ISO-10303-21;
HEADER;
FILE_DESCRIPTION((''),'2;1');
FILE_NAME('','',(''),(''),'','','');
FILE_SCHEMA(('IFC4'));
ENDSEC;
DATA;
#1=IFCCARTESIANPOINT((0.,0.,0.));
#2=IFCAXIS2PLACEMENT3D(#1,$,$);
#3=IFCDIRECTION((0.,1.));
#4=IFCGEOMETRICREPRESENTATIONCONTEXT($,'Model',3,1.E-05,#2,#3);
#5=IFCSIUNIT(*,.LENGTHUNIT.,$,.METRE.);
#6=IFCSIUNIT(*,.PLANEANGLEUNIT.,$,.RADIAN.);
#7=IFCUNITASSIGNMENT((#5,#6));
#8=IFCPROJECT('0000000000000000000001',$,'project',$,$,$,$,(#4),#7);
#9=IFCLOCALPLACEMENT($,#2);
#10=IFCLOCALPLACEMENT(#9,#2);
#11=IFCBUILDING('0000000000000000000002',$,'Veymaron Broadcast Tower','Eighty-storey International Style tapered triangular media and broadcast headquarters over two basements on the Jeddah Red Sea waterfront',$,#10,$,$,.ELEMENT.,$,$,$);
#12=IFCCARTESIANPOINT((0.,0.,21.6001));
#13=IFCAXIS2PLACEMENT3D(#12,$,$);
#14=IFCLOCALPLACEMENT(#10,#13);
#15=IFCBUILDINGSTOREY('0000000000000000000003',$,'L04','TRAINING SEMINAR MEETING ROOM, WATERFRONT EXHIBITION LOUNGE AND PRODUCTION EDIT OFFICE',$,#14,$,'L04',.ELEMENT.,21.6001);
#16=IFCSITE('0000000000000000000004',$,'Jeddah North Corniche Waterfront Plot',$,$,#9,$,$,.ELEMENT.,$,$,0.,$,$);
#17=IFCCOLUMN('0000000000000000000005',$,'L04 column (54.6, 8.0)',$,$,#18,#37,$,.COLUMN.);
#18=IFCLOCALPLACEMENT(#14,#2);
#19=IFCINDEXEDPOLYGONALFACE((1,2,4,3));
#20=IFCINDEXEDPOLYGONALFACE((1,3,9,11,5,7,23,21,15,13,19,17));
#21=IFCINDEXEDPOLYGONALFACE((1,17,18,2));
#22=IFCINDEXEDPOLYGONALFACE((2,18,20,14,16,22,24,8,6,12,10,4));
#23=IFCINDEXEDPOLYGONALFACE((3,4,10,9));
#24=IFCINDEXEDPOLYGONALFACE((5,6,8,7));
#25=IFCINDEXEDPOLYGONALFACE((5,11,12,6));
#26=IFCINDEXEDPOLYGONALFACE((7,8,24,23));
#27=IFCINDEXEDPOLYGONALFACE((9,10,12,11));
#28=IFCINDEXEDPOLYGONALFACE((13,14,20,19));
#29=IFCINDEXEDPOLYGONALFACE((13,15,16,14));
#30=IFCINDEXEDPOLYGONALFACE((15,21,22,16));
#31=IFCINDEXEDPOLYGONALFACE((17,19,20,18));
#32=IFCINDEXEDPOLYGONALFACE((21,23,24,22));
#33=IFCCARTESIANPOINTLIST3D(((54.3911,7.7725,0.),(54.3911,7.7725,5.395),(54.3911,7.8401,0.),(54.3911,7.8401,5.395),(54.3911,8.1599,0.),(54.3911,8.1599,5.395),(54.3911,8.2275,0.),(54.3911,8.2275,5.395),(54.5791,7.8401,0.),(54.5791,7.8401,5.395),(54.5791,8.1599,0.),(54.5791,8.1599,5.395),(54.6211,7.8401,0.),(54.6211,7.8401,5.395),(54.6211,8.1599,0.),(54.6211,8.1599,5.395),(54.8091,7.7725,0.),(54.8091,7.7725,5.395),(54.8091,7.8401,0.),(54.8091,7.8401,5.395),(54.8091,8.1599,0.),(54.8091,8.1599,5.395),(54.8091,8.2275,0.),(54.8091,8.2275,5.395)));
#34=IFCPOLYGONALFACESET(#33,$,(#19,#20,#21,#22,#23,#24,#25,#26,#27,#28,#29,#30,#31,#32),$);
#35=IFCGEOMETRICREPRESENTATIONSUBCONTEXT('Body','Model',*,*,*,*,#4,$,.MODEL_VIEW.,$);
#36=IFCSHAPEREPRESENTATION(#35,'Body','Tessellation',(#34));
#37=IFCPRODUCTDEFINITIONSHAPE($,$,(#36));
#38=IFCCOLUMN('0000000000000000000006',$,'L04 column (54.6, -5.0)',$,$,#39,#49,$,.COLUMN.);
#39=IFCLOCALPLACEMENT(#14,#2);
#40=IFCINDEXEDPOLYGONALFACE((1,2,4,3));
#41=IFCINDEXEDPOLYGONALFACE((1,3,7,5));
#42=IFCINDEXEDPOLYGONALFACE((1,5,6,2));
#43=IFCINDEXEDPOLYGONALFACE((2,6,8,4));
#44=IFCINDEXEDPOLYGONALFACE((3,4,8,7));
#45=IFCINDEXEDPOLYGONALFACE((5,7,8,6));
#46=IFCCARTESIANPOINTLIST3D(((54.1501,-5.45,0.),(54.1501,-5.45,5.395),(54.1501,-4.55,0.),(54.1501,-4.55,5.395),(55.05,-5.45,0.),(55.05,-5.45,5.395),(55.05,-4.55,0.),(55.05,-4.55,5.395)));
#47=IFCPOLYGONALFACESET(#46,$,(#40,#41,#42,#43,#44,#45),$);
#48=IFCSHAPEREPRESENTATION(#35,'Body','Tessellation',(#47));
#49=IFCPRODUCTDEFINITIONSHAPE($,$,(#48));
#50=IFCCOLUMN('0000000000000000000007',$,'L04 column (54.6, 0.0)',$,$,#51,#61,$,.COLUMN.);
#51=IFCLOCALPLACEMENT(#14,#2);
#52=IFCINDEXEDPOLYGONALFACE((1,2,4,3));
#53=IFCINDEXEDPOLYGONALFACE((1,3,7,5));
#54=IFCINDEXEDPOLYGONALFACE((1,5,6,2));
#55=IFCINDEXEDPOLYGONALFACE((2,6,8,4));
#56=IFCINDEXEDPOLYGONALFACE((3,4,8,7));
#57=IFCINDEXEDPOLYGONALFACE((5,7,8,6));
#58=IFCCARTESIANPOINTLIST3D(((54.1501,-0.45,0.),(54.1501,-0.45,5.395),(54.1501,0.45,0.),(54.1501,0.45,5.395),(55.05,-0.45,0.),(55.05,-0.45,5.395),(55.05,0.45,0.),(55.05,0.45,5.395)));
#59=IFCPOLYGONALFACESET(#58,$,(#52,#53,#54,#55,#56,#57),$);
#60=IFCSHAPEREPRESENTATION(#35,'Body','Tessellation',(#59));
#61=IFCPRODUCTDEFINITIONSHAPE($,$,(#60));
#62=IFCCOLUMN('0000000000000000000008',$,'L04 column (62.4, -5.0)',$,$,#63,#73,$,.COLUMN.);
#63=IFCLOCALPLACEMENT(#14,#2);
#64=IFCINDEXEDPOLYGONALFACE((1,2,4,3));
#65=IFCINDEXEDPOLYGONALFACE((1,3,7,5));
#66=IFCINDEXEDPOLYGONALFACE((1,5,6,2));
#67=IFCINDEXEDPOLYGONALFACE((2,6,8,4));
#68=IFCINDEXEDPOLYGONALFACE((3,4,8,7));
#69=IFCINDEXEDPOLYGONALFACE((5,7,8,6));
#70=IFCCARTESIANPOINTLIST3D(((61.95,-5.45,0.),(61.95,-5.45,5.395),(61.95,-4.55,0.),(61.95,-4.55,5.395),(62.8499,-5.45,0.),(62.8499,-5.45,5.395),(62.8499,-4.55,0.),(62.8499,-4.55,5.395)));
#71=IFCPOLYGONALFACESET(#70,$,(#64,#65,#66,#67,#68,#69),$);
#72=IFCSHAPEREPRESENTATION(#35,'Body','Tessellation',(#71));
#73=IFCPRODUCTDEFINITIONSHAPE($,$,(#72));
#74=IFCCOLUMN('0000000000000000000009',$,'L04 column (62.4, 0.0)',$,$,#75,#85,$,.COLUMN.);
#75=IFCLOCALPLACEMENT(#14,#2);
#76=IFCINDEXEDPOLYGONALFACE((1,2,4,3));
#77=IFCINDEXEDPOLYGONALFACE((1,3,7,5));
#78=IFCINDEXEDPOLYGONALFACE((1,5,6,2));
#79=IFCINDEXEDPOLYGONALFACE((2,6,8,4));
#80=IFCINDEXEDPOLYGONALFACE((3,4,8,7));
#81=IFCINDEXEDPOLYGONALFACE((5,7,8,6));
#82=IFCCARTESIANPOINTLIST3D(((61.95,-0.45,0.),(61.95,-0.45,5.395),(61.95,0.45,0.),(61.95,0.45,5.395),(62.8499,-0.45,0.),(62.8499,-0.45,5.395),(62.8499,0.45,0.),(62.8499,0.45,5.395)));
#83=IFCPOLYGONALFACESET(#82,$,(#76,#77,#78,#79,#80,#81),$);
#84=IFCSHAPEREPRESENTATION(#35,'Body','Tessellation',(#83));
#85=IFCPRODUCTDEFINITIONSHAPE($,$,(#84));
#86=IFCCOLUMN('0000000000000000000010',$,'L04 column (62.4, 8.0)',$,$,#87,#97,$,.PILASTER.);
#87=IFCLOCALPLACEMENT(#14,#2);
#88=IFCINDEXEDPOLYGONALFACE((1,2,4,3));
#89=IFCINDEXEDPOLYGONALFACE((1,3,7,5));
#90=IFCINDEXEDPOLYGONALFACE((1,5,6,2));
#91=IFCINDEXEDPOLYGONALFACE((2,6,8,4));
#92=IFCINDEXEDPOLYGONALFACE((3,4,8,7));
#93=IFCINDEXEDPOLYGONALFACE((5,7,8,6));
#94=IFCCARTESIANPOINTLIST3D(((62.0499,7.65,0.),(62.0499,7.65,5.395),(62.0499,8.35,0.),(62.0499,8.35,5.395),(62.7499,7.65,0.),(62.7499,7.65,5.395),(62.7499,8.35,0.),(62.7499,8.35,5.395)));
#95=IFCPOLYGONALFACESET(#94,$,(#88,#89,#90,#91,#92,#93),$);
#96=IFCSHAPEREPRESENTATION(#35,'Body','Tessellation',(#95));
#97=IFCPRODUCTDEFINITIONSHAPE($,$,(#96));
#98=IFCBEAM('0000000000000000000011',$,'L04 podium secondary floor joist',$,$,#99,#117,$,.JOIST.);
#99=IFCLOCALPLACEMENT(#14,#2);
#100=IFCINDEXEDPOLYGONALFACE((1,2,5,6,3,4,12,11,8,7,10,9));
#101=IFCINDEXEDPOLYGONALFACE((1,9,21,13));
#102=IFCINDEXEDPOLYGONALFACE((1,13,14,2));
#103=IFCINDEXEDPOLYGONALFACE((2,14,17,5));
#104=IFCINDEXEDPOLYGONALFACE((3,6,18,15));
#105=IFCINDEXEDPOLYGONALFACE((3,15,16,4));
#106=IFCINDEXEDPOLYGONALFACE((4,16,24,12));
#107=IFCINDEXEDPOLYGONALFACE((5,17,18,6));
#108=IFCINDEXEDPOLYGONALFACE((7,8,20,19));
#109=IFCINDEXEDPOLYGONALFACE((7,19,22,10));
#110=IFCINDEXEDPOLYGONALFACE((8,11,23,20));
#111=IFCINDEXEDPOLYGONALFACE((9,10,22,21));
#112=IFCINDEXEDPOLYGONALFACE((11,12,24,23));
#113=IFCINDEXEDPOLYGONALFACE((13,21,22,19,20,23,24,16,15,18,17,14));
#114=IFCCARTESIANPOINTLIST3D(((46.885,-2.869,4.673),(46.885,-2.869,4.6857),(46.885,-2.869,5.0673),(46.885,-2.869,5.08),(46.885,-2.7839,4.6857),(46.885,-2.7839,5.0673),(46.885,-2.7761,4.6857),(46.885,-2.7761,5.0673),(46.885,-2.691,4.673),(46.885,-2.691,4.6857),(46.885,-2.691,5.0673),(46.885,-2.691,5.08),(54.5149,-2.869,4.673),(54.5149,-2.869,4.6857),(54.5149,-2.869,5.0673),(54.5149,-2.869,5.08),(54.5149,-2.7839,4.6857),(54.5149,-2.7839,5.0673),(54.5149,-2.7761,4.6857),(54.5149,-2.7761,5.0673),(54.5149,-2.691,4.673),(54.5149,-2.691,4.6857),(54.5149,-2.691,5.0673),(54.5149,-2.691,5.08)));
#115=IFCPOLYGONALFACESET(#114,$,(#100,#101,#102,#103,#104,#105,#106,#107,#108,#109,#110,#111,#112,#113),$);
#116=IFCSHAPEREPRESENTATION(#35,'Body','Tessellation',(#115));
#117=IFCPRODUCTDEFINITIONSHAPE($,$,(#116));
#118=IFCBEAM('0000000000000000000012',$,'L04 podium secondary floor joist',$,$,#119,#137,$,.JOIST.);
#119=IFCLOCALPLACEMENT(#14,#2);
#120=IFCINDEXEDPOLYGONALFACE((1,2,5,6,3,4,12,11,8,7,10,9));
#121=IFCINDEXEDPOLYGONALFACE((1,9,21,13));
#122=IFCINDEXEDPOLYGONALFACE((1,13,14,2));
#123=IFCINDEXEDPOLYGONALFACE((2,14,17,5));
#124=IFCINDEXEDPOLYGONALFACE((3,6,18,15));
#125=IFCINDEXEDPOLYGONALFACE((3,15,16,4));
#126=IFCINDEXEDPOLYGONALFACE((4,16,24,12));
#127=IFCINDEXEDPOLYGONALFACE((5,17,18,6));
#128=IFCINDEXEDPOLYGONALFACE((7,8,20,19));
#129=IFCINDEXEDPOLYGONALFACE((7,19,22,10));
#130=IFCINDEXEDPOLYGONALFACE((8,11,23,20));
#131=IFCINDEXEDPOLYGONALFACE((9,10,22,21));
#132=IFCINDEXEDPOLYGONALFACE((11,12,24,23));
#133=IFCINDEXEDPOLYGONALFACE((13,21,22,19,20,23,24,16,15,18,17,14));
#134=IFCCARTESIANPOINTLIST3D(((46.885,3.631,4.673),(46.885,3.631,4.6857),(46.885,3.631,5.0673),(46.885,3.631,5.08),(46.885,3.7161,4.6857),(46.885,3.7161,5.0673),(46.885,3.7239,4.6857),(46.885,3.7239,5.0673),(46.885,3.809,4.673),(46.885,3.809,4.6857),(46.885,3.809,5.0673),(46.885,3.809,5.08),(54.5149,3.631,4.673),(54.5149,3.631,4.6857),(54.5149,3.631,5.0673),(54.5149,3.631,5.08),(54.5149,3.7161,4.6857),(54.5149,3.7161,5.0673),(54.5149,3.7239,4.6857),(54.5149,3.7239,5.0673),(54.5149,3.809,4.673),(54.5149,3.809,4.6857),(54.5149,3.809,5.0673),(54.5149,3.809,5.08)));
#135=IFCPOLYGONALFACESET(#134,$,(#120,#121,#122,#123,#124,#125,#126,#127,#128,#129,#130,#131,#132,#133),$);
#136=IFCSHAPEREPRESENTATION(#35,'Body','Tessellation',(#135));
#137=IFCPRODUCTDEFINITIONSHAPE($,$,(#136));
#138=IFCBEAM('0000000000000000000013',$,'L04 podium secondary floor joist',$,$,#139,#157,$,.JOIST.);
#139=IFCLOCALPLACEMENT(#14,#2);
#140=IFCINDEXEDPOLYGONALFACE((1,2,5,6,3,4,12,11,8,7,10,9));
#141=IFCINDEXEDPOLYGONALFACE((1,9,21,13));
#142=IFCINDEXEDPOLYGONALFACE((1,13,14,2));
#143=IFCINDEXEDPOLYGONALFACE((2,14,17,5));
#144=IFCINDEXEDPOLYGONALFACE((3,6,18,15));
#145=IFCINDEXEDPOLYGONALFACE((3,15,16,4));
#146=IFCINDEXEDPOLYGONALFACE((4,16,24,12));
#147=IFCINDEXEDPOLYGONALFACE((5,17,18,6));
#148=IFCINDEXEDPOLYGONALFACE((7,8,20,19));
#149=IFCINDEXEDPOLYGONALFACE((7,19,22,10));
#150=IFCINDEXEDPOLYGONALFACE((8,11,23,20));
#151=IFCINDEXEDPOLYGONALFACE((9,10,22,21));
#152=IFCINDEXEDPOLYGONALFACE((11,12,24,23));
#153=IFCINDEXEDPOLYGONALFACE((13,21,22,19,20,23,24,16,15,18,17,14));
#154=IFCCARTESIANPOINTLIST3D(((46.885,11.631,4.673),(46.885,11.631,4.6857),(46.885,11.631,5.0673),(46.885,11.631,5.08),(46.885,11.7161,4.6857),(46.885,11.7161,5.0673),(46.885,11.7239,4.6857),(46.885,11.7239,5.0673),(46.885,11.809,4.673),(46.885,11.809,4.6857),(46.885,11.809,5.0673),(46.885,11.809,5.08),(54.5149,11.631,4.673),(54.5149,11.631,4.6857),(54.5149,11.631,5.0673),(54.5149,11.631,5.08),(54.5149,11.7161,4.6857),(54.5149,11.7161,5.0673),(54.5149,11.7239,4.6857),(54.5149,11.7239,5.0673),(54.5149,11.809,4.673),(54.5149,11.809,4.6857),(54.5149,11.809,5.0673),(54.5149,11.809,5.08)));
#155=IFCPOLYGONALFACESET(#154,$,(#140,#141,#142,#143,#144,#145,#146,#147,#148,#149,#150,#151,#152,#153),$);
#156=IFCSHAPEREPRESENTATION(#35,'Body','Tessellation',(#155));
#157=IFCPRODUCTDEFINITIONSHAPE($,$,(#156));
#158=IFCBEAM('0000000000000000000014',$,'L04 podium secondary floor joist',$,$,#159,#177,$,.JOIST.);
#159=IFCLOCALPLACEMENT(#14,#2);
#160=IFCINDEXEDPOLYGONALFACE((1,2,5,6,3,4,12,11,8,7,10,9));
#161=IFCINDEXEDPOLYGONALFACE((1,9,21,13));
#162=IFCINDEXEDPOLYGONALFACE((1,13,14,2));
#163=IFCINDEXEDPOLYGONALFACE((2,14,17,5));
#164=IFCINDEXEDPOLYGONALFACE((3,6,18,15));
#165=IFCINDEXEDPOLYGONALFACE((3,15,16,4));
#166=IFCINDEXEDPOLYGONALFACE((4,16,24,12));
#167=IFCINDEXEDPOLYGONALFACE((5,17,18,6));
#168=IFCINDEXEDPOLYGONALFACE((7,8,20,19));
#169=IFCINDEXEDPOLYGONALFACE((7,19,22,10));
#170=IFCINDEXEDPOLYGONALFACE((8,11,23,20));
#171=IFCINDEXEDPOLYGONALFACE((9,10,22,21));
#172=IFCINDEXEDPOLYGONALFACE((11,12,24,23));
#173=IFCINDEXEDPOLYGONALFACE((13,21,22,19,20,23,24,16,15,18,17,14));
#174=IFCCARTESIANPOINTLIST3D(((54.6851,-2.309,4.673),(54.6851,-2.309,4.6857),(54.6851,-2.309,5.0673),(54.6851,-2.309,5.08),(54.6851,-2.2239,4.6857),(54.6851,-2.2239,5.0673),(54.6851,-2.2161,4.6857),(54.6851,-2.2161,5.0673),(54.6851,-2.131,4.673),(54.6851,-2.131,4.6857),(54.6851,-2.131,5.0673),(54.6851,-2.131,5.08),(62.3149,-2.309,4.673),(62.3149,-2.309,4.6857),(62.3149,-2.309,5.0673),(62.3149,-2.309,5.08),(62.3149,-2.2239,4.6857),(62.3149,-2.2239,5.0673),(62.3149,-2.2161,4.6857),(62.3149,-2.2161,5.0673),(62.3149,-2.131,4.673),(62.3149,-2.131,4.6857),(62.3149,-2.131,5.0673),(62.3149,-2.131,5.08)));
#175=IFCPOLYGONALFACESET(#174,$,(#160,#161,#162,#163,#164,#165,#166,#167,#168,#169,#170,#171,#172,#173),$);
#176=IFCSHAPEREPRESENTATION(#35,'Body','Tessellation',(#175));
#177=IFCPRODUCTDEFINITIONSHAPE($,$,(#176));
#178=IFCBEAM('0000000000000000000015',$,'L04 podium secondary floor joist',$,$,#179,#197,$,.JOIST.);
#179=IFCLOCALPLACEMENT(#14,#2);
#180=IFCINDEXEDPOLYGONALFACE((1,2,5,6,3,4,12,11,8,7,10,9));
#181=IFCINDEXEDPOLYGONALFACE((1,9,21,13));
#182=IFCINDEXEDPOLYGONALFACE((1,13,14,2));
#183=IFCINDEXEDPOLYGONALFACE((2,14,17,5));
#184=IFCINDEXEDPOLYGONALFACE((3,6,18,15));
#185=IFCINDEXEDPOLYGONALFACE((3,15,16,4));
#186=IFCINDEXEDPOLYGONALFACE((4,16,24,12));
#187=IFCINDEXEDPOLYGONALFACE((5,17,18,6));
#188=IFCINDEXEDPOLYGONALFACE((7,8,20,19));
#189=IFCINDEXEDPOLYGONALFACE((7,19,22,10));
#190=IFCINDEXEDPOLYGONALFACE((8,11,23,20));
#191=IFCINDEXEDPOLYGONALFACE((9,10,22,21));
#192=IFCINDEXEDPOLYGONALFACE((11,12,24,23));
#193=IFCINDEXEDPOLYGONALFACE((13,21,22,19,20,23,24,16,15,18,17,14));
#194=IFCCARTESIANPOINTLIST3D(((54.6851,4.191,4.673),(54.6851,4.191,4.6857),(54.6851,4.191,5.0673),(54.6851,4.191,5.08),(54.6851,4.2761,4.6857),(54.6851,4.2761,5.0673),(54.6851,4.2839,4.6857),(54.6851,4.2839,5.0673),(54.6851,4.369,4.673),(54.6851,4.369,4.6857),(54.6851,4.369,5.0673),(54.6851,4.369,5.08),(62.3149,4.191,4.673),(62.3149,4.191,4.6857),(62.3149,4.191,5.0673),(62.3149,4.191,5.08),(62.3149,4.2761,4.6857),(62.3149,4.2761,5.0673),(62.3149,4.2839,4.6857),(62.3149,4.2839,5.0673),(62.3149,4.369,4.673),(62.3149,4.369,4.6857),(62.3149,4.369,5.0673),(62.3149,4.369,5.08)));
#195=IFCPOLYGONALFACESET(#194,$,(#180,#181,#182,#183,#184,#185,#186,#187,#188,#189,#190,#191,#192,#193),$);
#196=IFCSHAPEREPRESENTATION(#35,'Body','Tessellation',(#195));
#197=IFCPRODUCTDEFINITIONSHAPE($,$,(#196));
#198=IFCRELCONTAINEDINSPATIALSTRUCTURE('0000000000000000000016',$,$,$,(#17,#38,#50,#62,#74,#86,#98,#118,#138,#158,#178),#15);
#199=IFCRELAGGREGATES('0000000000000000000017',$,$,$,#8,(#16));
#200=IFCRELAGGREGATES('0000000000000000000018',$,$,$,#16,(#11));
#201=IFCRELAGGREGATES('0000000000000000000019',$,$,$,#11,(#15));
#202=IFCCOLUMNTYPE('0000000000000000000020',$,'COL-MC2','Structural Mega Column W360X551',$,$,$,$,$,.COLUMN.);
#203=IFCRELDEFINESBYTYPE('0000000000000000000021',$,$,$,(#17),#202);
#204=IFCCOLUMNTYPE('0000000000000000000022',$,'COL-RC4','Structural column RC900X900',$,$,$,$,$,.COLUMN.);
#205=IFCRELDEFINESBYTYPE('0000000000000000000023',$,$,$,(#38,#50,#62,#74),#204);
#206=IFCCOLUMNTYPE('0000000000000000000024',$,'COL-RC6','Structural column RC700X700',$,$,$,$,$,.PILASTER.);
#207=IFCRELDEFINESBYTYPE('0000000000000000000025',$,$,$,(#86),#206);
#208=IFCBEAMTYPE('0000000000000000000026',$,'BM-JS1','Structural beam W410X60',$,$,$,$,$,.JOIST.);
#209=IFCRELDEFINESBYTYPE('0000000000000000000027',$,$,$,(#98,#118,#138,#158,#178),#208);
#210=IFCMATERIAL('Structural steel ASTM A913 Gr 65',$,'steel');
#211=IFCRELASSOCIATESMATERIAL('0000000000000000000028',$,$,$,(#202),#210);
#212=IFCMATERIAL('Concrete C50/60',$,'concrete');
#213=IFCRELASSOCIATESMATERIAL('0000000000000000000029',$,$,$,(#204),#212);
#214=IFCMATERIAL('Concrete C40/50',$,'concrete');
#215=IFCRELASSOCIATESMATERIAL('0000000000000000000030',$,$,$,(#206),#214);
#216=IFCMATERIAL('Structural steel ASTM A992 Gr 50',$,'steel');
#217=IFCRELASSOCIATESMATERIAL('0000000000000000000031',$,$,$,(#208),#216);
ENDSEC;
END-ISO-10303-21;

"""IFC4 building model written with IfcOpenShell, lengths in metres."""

from ifc_helpers import new_model, si_unit, direction, frame, origin, origin_2d, place, context, subcontext, project, spatial, rectangle, i_section, extrude, material, material_profile, profile_set, type_object, element, save


model = new_model("IFC4")

# Units and contexts
model_context = context("Model", 3, precision=1e-05, world=origin(), true_north=direction((0.0, 1.0)))
body_context = subcontext(model_context, "Body", "Model", "MODEL_VIEW")
ifc_project = project(units=[si_unit("LENGTHUNIT", "METRE"), si_unit("PLANEANGLEUNIT", "RADIAN")], contexts=[model_context])

# Site, building, storey
site_placement = place(None, origin())
site = spatial("IfcSite", under=ifc_project, at=site_placement, Name="Jeddah North Corniche Waterfront Plot", CompositionType="ELEMENT", RefElevation=0.0)
building_placement = place(site_placement, origin())
building = spatial("IfcBuilding", under=site, at=building_placement, Name="Veymaron Broadcast Tower", Description="Eighty-storey International Style tapered triangular media and broadcast headquarters over two basements on the Jeddah Red Sea waterfront", CompositionType="ELEMENT")
storey_placement = place(building_placement, frame((0.0, 0.0, 21.6001)))
storey = spatial("IfcBuildingStorey", under=building, at=storey_placement, Name="L04", Description="TRAINING SEMINAR MEETING ROOM, WATERFRONT EXHIBITION LOUNGE AND PRODUCTION EDIT OFFICE", LongName="L04", CompositionType="ELEMENT", Elevation=21.6001)

# Columns
ifc_material_1 = material(Name="Structural steel ASTM A913 Gr 65", Category="steel")
ifc_material_profile_1 = material_profile(ifc_material_1, i_section(OverallWidth=0.418, OverallDepth=0.4551, WebThickness=0.042, FlangeThickness=0.0676, at=origin_2d()), Name="W360X551")
ifc_profile_set_1 = profile_set([ifc_material_profile_1], Name="Structural steel ASTM A913 Gr 65")
column_type_1 = type_object("IfcColumnType", Name="COL-MC2", Description="Structural Mega Column W360X551", PredefinedType="COLUMN", material=ifc_profile_set_1)
column_1_placement = place(storey_placement, frame((54.6001, 8.0, 0.0), z_axis=(0.0, 0.0, 1.0), x_axis=(1.0, 0.0, 0.0)))
element("IfcColumn", 1, at=column_1_placement, inside=storey, type_object=column_type_1, Name="L04 column (54.6, 8.0)", PredefinedType="COLUMN", context=body_context, shape_type="SweptSolid", body=[
    extrude(i_section(OverallWidth=0.418, OverallDepth=0.4551, WebThickness=0.042, FlangeThickness=0.0676, at=origin_2d()), origin(), (0.0, 0.0, 1.0), 5.395),
])
ifc_material_2 = material(Name="Concrete C50/60", Category="concrete")
ifc_material_profile_2 = material_profile(ifc_material_2, rectangle(XDim=0.8999, YDim=0.8999, at=origin_2d()), Name="RC900X900")
ifc_profile_set_2 = profile_set([ifc_material_profile_2], Name="Concrete C50/60")
column_type_2 = type_object("IfcColumnType", Name="COL-RC4", Description="Structural column RC900X900", PredefinedType="COLUMN", material=ifc_profile_set_2)
for number, where, z_axis, x_axis, name in (
    (2, (54.6001, -5.0, 0.0), (0.0, 0.0, 1.0), (1.0, 0.0, 0.0), "L04 column (54.6, -5.0)"),
    (3, (54.6001, 0.0, 0.0), (0.0, 0.0, 1.0), (1.0, 0.0, 0.0), "L04 column (54.6, 0.0)"),
    (4, (62.3999, -5.0, 0.0), (0.0, 0.0, 1.0), (1.0, 0.0, 0.0), "L04 column (62.4, -5.0)"),
    (5, (62.3999, 0.0, 0.0), (0.0, 0.0, 1.0), (1.0, 0.0, 0.0), "L04 column (62.4, 0.0)"),
):
    element("IfcColumn", number, at=place(storey_placement, frame(where, z_axis=z_axis, x_axis=x_axis)), inside=storey, type_object=column_type_2, Name=name, PredefinedType="COLUMN", context=body_context, shape_type="SweptSolid", body=[
        extrude(rectangle(XDim=0.8999, YDim=0.8999, at=origin_2d()), origin(), (0.0, 0.0, 1.0), 5.395),
    ])
ifc_material_3 = material(Name="Concrete C40/50", Category="concrete")
ifc_material_profile_3 = material_profile(ifc_material_3, rectangle(XDim=0.7, YDim=0.7, at=origin_2d()), Name="RC700X700")
ifc_profile_set_3 = profile_set([ifc_material_profile_3], Name="Concrete C40/50")
column_type_3 = type_object("IfcColumnType", Name="COL-RC6", Description="Structural column RC700X700", PredefinedType="PILASTER", material=ifc_profile_set_3)
column_2_placement = place(storey_placement, frame((62.3999, 8.0, 0.0), z_axis=(0.0, 0.0, 1.0), x_axis=(1.0, 0.0, 0.0)))
element("IfcColumn", 6, at=column_2_placement, inside=storey, type_object=column_type_3, Name="L04 column (62.4, 8.0)", PredefinedType="PILASTER", context=body_context, shape_type="SweptSolid", body=[
    extrude(rectangle(XDim=0.7, YDim=0.7, at=origin_2d()), origin(), (0.0, 0.0, 1.0), 5.395),
])

# Beams
ifc_material_4 = material(Name="Structural steel ASTM A992 Gr 50", Category="steel")
ifc_material_profile_4 = material_profile(ifc_material_4, i_section(OverallWidth=0.178, OverallDepth=0.407, WebThickness=0.0078, FlangeThickness=0.0127, at=origin_2d()), Name="W410X60")
ifc_profile_set_4 = profile_set([ifc_material_profile_4], Name="Structural steel ASTM A992 Gr 50")
beam_type_1 = type_object("IfcBeamType", Name="BM-JS1", Description="Structural beam W410X60", PredefinedType="JOIST", material=ifc_profile_set_4)
for number, where, z_axis, x_axis, name in (
    (7, (46.885, -2.78, 4.8765), (1.0, 0.0, 0.0), (0.0, 1.0, 0.0), "L04 podium secondary floor joist"),
    (8, (46.885, 3.72, 4.8765), (1.0, 0.0, 0.0), (0.0, 1.0, 0.0), "L04 podium secondary floor joist"),
    (9, (46.885, 11.72, 4.8765), (1.0, 0.0, 0.0), (0.0, 1.0, 0.0), "L04 podium secondary floor joist"),
    (10, (54.6851, -2.22, 4.8765), (1.0, 0.0, 0.0), (0.0, 1.0, 0.0), "L04 podium secondary floor joist"),
    (11, (54.6851, 4.28, 4.8765), (1.0, 0.0, 0.0), (0.0, 1.0, 0.0), "L04 podium secondary floor joist"),
):
    element("IfcBeam", number, at=place(storey_placement, frame(where, z_axis=z_axis, x_axis=x_axis)), inside=storey, type_object=beam_type_1, Name=name, PredefinedType="JOIST", context=body_context, shape_type="SweptSolid", body=[
        extrude(i_section(OverallWidth=0.178, OverallDepth=0.407, WebThickness=0.0078, FlangeThickness=0.0127, at=origin_2d()), origin(), (0.0, 0.0, 1.0), 7.6299),
    ])

save(model, "model.ifc")
